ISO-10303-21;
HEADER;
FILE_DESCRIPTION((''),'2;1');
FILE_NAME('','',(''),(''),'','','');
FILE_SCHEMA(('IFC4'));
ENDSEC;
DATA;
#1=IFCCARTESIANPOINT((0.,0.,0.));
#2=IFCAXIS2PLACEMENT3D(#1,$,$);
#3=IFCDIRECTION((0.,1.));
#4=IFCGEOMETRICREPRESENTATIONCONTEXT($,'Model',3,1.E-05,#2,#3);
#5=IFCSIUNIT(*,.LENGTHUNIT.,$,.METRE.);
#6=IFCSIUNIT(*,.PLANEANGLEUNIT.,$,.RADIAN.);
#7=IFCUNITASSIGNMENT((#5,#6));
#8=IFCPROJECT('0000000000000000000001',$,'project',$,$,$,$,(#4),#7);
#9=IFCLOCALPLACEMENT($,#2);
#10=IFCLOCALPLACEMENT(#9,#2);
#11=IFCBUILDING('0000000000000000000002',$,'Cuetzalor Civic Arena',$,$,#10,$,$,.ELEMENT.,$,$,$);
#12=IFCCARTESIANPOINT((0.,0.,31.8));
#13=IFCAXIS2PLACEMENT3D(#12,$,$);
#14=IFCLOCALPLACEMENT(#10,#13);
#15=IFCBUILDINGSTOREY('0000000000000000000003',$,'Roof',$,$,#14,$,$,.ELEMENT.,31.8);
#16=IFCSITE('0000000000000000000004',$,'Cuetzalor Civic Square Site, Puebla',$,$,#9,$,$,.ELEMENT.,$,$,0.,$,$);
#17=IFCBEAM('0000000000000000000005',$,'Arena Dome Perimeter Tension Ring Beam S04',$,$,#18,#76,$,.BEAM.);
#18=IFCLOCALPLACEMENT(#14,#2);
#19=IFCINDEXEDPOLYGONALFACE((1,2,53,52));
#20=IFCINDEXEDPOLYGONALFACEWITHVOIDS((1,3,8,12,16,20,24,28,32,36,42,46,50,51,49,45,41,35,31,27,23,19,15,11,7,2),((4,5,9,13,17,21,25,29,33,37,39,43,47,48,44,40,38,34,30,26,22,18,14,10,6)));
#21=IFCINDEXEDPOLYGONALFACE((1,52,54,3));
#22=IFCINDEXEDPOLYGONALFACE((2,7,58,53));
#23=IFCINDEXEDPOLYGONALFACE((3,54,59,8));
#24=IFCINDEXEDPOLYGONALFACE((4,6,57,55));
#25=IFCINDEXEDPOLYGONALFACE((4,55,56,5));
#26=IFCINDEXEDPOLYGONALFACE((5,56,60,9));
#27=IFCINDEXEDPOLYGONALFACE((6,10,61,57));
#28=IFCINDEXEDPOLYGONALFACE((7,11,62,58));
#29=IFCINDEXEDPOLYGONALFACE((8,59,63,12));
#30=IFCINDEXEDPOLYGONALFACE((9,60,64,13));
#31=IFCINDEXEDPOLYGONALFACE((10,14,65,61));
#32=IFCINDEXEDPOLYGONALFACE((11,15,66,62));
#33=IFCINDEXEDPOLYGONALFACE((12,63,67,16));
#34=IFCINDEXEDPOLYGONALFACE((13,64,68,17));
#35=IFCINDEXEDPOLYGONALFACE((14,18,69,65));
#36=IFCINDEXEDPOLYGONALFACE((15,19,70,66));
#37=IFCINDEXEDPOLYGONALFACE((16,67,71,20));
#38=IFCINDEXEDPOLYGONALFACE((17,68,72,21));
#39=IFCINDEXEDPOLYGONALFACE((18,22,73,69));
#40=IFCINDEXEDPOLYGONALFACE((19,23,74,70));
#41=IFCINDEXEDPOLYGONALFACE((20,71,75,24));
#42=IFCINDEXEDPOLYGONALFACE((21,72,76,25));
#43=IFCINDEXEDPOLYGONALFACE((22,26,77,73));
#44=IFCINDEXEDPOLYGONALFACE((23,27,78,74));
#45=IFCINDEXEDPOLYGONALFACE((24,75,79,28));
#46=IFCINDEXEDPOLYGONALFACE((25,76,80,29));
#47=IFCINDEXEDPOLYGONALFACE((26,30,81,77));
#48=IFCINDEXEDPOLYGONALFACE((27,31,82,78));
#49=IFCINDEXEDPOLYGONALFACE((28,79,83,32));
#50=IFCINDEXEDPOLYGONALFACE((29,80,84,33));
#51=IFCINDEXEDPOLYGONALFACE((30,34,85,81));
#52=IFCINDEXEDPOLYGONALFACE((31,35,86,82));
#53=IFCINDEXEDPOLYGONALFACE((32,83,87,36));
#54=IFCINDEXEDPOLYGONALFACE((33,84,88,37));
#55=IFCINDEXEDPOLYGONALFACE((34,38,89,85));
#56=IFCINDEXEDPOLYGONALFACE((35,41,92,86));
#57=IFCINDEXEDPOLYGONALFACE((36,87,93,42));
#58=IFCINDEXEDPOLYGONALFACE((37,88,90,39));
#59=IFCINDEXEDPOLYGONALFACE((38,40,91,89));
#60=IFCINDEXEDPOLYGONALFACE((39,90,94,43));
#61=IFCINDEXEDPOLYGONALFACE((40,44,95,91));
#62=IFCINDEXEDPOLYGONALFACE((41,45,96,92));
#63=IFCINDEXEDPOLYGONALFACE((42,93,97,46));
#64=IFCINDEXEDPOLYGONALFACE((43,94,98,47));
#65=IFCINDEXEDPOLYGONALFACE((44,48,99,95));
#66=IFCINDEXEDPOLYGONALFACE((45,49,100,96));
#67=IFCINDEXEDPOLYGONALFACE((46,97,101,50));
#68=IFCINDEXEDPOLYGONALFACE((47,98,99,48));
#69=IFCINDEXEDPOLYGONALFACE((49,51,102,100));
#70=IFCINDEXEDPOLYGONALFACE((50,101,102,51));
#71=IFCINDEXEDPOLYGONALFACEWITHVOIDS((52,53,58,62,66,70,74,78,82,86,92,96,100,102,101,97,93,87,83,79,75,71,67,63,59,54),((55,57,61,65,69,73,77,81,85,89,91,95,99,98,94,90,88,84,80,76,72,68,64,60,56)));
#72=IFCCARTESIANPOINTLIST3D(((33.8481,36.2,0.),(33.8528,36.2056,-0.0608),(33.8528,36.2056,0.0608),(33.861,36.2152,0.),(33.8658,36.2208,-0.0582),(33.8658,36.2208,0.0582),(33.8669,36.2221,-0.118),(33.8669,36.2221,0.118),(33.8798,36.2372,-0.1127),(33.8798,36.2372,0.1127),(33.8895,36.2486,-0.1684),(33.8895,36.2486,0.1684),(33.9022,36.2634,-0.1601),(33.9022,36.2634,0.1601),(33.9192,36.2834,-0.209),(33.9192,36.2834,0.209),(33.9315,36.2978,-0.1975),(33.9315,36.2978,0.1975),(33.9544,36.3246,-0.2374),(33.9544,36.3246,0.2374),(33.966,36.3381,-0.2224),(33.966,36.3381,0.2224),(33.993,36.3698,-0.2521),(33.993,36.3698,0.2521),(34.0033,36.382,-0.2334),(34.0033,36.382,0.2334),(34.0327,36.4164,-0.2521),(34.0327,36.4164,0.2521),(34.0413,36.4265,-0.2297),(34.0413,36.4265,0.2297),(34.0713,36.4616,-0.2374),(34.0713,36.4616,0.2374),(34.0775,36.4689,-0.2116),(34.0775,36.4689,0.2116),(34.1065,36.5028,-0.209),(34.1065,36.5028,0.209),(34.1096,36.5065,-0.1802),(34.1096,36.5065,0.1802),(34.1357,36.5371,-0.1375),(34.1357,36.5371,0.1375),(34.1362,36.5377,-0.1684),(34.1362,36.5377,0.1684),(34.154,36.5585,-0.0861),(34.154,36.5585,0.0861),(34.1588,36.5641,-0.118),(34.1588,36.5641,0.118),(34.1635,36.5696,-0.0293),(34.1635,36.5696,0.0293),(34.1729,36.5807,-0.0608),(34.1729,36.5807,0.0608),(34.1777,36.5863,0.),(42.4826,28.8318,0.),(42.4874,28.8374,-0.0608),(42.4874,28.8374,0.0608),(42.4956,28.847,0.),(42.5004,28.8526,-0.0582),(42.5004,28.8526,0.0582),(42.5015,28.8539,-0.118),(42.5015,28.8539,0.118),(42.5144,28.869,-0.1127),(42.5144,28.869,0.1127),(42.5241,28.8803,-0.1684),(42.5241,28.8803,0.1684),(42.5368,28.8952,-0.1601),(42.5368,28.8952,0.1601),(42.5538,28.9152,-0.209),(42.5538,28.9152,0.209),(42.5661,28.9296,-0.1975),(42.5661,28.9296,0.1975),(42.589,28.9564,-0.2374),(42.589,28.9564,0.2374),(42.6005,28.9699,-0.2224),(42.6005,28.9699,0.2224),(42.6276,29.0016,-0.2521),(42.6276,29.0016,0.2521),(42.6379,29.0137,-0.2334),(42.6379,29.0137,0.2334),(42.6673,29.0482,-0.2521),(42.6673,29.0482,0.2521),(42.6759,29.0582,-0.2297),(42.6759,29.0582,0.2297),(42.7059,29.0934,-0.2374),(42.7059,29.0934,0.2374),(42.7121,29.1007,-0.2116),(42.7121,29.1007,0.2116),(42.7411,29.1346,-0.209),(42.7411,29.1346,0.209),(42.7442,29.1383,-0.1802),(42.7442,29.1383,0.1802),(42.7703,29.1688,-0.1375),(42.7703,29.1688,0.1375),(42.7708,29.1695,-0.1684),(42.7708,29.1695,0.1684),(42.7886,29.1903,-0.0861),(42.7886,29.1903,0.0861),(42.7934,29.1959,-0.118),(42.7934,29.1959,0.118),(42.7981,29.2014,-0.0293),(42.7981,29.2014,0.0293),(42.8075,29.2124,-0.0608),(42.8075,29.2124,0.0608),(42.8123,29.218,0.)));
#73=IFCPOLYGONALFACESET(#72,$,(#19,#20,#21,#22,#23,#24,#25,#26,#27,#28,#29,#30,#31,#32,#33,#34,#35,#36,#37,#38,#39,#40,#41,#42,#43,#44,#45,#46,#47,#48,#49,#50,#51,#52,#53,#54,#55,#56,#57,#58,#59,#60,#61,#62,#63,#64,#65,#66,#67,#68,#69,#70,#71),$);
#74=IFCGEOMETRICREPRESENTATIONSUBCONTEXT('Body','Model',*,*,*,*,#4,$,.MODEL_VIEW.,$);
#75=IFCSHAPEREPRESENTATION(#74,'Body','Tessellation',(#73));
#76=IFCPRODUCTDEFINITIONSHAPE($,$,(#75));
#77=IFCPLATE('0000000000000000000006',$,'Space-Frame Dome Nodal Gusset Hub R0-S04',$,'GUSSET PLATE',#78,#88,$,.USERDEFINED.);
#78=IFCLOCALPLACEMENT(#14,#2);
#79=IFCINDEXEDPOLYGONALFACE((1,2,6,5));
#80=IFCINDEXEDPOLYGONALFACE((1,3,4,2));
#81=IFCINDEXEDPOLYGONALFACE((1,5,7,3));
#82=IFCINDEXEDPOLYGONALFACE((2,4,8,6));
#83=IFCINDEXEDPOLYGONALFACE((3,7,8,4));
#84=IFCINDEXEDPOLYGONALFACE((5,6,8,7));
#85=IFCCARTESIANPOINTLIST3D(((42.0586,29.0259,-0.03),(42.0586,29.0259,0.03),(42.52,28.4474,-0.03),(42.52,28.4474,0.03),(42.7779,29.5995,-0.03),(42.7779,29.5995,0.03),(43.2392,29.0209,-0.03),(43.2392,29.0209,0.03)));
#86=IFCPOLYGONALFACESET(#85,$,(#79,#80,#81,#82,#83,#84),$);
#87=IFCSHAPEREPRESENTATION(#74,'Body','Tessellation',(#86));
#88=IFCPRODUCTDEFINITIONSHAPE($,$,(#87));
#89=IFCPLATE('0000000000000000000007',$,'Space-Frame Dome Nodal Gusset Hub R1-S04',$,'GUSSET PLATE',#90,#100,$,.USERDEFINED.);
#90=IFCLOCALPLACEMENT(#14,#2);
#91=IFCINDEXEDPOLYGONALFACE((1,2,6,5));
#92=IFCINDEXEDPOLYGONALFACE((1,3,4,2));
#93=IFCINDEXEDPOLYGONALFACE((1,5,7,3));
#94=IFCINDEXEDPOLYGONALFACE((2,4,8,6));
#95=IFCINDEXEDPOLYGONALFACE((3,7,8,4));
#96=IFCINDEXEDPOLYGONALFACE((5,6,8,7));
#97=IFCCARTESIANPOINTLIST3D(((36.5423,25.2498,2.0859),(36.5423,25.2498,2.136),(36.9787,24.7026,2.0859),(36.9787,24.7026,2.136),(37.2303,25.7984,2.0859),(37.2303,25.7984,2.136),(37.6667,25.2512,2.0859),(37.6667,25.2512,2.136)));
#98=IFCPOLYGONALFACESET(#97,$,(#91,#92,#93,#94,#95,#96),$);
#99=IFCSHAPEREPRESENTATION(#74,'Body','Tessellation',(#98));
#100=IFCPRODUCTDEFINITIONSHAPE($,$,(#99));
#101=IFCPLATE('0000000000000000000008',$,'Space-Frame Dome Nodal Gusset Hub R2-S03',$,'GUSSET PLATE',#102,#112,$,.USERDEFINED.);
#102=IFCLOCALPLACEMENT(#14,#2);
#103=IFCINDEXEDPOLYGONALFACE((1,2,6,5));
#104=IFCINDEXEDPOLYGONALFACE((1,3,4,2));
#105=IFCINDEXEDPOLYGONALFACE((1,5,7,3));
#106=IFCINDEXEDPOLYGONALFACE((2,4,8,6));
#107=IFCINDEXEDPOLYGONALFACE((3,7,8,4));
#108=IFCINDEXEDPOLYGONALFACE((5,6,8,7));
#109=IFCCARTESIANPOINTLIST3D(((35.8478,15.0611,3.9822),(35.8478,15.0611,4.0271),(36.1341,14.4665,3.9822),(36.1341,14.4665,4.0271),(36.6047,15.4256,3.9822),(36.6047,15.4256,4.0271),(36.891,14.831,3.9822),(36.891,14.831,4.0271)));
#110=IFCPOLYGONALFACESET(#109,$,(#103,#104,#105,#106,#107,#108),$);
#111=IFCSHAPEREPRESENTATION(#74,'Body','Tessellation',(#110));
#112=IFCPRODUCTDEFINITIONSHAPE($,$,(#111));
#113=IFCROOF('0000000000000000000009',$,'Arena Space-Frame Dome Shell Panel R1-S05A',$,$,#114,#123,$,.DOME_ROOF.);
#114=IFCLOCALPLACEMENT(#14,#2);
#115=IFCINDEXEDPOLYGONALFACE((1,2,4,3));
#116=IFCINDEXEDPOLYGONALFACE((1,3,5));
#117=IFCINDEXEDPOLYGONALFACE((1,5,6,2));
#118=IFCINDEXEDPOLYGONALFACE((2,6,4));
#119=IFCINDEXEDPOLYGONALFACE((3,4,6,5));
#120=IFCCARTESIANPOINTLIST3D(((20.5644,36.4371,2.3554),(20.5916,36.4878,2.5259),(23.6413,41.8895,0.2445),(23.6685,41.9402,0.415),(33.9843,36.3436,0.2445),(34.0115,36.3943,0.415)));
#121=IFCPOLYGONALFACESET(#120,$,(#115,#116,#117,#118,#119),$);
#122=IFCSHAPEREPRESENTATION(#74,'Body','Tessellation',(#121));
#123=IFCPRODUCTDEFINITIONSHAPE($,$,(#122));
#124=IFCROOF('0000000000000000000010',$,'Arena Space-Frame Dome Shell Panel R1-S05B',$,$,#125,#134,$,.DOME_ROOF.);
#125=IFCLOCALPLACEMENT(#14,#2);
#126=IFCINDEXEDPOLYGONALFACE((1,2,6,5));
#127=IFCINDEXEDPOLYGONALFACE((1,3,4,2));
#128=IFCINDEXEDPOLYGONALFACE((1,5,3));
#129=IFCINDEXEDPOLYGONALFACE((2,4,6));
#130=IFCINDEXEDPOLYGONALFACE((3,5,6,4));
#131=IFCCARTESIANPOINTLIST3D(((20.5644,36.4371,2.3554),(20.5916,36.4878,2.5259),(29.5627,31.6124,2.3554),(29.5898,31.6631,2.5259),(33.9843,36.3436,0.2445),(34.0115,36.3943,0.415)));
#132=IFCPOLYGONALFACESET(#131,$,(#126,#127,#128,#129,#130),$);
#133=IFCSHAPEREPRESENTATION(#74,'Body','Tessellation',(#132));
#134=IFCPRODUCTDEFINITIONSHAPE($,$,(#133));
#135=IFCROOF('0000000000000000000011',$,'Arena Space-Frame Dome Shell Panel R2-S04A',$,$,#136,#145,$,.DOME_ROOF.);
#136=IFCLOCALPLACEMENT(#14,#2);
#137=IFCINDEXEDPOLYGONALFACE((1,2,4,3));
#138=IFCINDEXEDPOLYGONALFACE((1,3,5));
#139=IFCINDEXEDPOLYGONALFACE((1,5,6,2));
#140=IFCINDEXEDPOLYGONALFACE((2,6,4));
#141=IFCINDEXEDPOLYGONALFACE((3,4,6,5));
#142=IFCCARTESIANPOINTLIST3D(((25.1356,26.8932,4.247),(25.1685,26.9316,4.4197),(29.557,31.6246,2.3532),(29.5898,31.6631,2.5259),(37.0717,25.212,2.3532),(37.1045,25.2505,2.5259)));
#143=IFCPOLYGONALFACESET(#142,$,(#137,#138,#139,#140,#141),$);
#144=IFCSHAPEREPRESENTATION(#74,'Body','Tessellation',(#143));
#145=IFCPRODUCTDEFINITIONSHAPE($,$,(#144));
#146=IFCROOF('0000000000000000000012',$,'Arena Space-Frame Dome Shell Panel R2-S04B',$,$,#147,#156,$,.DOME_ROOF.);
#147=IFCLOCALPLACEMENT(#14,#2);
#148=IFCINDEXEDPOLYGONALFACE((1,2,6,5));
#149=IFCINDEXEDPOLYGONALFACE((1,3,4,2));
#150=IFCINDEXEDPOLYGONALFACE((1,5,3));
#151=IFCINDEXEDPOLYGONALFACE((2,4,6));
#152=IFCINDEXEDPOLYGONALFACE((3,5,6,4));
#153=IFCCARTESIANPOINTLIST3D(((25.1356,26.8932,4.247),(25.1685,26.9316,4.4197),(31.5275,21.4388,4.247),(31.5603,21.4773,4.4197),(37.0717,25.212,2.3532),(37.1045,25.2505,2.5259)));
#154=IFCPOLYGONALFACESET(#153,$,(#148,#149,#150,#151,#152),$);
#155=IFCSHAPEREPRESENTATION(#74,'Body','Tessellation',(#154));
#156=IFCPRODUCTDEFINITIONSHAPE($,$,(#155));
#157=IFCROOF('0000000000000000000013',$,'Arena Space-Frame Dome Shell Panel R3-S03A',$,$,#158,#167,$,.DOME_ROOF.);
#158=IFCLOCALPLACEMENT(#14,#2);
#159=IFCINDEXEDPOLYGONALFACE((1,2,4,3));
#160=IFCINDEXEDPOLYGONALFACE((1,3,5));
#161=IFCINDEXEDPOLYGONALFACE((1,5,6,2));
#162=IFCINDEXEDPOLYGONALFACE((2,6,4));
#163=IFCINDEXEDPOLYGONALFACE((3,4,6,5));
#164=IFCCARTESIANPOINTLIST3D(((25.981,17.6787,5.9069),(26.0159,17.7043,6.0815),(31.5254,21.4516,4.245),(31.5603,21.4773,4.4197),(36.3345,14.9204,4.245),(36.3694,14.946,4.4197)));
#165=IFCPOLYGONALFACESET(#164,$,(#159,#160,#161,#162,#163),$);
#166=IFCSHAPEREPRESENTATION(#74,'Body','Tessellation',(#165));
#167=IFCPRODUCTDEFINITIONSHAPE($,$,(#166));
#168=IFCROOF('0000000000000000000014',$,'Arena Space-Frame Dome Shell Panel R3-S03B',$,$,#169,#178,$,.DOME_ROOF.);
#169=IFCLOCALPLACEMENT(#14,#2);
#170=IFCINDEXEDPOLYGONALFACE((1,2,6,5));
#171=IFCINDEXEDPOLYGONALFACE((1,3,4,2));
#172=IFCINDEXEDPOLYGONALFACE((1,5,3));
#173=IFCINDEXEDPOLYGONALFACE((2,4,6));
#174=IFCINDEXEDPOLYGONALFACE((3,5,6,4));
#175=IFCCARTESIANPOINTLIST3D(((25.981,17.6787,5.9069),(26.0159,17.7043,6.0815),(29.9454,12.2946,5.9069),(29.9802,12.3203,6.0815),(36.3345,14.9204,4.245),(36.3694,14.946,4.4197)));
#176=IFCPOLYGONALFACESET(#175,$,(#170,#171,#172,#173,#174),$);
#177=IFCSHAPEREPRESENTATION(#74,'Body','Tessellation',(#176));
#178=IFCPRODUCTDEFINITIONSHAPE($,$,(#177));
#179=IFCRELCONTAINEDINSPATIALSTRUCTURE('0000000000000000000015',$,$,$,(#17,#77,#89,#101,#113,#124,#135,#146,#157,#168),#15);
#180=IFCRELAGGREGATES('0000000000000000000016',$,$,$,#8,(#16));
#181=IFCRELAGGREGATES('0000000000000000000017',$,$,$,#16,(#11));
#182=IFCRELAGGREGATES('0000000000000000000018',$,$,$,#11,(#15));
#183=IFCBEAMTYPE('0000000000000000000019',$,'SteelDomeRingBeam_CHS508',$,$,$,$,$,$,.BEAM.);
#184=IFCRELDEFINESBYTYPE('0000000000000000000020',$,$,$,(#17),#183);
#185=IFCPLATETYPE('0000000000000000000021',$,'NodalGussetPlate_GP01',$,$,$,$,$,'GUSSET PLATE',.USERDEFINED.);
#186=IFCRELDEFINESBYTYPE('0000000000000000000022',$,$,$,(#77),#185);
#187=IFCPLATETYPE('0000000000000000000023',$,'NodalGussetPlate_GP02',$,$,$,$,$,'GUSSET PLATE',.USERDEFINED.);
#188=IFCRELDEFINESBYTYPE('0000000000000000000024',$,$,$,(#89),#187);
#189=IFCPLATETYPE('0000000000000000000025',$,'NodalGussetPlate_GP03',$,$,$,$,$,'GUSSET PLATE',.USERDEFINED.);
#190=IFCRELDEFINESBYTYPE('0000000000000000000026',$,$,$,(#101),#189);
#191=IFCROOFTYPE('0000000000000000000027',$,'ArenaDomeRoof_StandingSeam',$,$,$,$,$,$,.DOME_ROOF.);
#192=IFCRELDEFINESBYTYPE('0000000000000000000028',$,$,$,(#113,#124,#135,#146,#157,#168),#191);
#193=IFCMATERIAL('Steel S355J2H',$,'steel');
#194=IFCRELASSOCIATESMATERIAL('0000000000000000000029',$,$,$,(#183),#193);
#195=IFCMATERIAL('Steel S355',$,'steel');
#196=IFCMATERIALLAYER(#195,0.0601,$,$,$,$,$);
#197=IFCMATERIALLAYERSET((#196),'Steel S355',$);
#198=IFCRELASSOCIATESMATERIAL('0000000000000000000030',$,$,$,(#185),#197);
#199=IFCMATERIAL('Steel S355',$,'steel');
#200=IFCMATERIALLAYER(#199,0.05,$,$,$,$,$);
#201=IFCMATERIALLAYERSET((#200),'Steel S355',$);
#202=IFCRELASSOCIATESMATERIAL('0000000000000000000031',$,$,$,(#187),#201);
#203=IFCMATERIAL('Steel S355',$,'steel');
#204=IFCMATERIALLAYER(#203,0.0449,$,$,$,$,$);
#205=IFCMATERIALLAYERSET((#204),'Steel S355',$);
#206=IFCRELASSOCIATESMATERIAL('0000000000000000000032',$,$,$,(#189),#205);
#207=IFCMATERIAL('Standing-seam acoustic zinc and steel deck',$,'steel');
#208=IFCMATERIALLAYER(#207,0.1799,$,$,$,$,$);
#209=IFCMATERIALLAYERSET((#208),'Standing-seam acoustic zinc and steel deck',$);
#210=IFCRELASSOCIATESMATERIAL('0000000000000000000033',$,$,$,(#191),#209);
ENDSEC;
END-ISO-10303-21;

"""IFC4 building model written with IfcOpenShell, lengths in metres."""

from ifc_helpers import new_model, si_unit, direction, frame, origin, origin_2d, place, context, subcontext, project, spatial, polyline, rectangle, hollow_circle, outline, extrude, material, layer, layer_set, material_profile, profile_set, type_object, element, save


model = new_model("IFC4")

# Units and contexts
model_context = context("Model", 3, precision=1e-05, world=origin(), true_north=direction((0.0, 1.0)))
body_context = subcontext(model_context, "Body", "Model", "MODEL_VIEW")
ifc_project = project(units=[si_unit("LENGTHUNIT", "METRE"), si_unit("PLANEANGLEUNIT", "RADIAN")], contexts=[model_context])

# Site, building, storey
site_placement = place(None, origin())
site = spatial("IfcSite", under=ifc_project, at=site_placement, Name="Cuetzalor Civic Square Site, Puebla", CompositionType="ELEMENT", RefElevation=0.0)
building_placement = place(site_placement, origin())
building = spatial("IfcBuilding", under=site, at=building_placement, Name="Cuetzalor Civic Arena", CompositionType="ELEMENT")
storey_placement = place(building_placement, frame((0.0, 0.0, 31.8)))
storey = spatial("IfcBuildingStorey", under=building, at=storey_placement, Name="Roof", CompositionType="ELEMENT", Elevation=31.8)

# Beam
ifc_material_1 = material(Name="Steel S355J2H", Category="steel")
ifc_material_profile_1 = material_profile(ifc_material_1, hollow_circle(Radius=0.2539, WallThickness=0.02, at=origin_2d()), Name="CHS 508x20")
ifc_profile_set_1 = profile_set([ifc_material_profile_1], Name="Steel S355J2H")
beam_type = type_object("IfcBeamType", Name="SteelDomeRingBeam_CHS508", PredefinedType="BEAM", material=ifc_profile_set_1)
beam_placement = place(storey_placement, frame((42.6475, 29.0249, 0.0), z_axis=(-0.760685, 0.649121, 0.0), x_axis=(-0.649121, -0.760685, 0.0)))
element("IfcBeam", 1, at=beam_placement, inside=storey, type_object=beam_type, Name="Arena Dome Perimeter Tension Ring Beam S04", PredefinedType="BEAM", context=body_context, shape_type="SweptSolid", body=[
    extrude(hollow_circle(Radius=0.2539, WallThickness=0.02, at=origin_2d()), origin(), (0.0, 0.0, 1.0), 11.3511),
])

# Plates
ifc_material_2 = material(Name="Steel S355", Category="steel")
ifc_layer_1 = layer(ifc_material_2, 0.0601)
ifc_layer_set_1 = layer_set([ifc_layer_1], Name="Steel S355")
plate_type_1 = type_object("IfcPlateType", Name="NodalGussetPlate_GP01", ElementType="GUSSET PLATE", PredefinedType="USERDEFINED", material=ifc_layer_set_1)
plate_1_placement = place(storey_placement, frame((42.6489, 29.0234, -0.03), z_axis=(0.0, 0.0, 1.0), x_axis=(0.781847, 0.62347, 0.0)))
element("IfcPlate", 2, at=plate_1_placement, inside=storey, type_object=plate_type_1, Name="Space-Frame Dome Nodal Gusset Hub R0-S04", ObjectType="GUSSET PLATE", PredefinedType="USERDEFINED", context=body_context, shape_type="SweptSolid", body=[
    extrude(rectangle(XDim=0.9199, YDim=0.74, at=origin_2d()), origin(), (0.0, 0.0, 1.0), 0.0601),
])
ifc_material_3 = material(Name="Steel S355", Category="steel")
ifc_layer_2 = layer(ifc_material_3, 0.05)
ifc_layer_set_2 = layer_set([ifc_layer_2], Name="Steel S355")
plate_type_2 = type_object("IfcPlateType", Name="NodalGussetPlate_GP02", ElementType="GUSSET PLATE", PredefinedType="USERDEFINED", material=ifc_layer_set_2)
plate_2_placement = place(storey_placement, frame((37.1045, 25.2505, 2.0859), z_axis=(0.0, 0.0, 1.0), x_axis=(0.781847, 0.62347, 0.0)))
element("IfcPlate", 3, at=plate_2_placement, inside=storey, type_object=plate_type_2, Name="Space-Frame Dome Nodal Gusset Hub R1-S04", ObjectType="GUSSET PLATE", PredefinedType="USERDEFINED", context=body_context, shape_type="SweptSolid", body=[
    extrude(rectangle(XDim=0.8799, YDim=0.7, at=origin_2d()), origin(), (0.0, 0.0, 1.0), 0.05),
])
ifc_material_4 = material(Name="Steel S355", Category="steel")
ifc_layer_3 = layer(ifc_material_4, 0.0449)
ifc_layer_set_3 = layer_set([ifc_layer_3], Name="Steel S355")
plate_type_3 = type_object("IfcPlateType", Name="NodalGussetPlate_GP03", ElementType="GUSSET PLATE", PredefinedType="USERDEFINED", material=ifc_layer_set_3)
plate_3_placement = place(storey_placement, frame((36.3694, 14.946, 3.9822), z_axis=(0.0, 0.0, 1.0), x_axis=(0.901001, 0.433816, 0.0)))
element("IfcPlate", 4, at=plate_3_placement, inside=storey, type_object=plate_type_3, Name="Space-Frame Dome Nodal Gusset Hub R2-S03", ObjectType="GUSSET PLATE", PredefinedType="USERDEFINED", context=body_context, shape_type="SweptSolid", body=[
    extrude(rectangle(XDim=0.8401, YDim=0.6599, at=origin_2d()), origin(), (0.0, 0.0, 1.0), 0.0449),
])

# Roofs
ifc_material_5 = material(Name="Standing-seam acoustic zinc and steel deck", Category="steel")
ifc_layer_4 = layer(ifc_material_5, 0.1799)
ifc_layer_set_4 = layer_set([ifc_layer_4], Name="Standing-seam acoustic zinc and steel deck")
roof_type = type_object("IfcRoofType", Name="ArenaDomeRoof_StandingSeam", PredefinedType="DOME_ROOF", material=ifc_layer_set_4)
roof_1_placement = place(storey_placement, frame((34.0115, 36.3943, 0.415), z_axis=(0.151007, 0.281625, 0.947568), x_axis=(-0.881303, 0.472552, 0.0)))
element("IfcRoof", 5, at=roof_1_placement, inside=storey, type_object=roof_type, Name="Arena Space-Frame Dome Shell Panel R1-S05A", PredefinedType="DOME_ROOF", context=body_context, shape_type="SweptSolid", body=[
    extrude(outline(polyline([(0.0, 0.0), (11.7361, 0.0), (11.8712, 6.6056), (0.0, 0.0)])), origin(), (0.0, 0.0, -1.0), 0.1799),
])
roof_2_placement = place(storey_placement, frame((34.0115, 36.3943, 0.415), z_axis=(0.151006, 0.281633, 0.947565), x_axis=(-0.987831, 0.006883, 0.155377)))
element("IfcRoof", 6, at=roof_2_placement, inside=storey, type_object=roof_type, Name="Arena Space-Frame Dome Shell Panel R1-S05B", PredefinedType="DOME_ROOF", context=body_context, shape_type="SweptSolid", body=[
    extrude(outline(polyline([(0.0, 0.0), (13.5852, 0.0), (4.6632, 4.9644), (0.0, 0.0)])), origin(), (0.0, 0.0, -1.0), 0.1799),
])
roof_3_placement = place(storey_placement, frame((37.1045, 25.2505, 2.5259), z_axis=(0.182373, 0.213715, 0.959722), x_axis=(-0.760682, 0.649125, 0.0)))
element("IfcRoof", 7, at=roof_3_placement, inside=storey, type_object=roof_type, Name="Arena Space-Frame Dome Shell Panel R2-S04A", PredefinedType="DOME_ROOF", context=body_context, shape_type="SweptSolid", body=[
    extrude(outline(polyline([(0.0, 0.0), (9.8788, 0.0), (10.1708, 6.7407), (0.0, 0.0)])), origin(), (0.0, 0.0, -1.0), 0.1799),
])
roof_4_placement = place(storey_placement, frame((37.1045, 25.2505, 2.5259), z_axis=(0.182373, 0.21372, 0.959721), x_axis=(-0.978227, 0.13778, 0.155208)))
element("IfcRoof", 8, at=roof_4_placement, inside=storey, type_object=roof_type, Name="Arena Space-Frame Dome Shell Panel R2-S04B", PredefinedType="DOME_ROOF", context=body_context, shape_type="SweptSolid", body=[
    extrude(outline(polyline([(0.0, 0.0), (12.2017, 0.0), (5.1975, 4.6419), (0.0, 0.0)])), origin(), (0.0, 0.0, -1.0), 0.1799),
])
roof_5_placement = place(storey_placement, frame((36.3694, 14.946, 4.4197), z_axis=(0.193813, 0.142708, 0.970603), x_axis=(-0.592926, 0.805257, 0.0)))
element("IfcRoof", 9, at=roof_5_placement, inside=storey, type_object=roof_type, Name="Arena Space-Frame Dome Shell Panel R3-S03A", PredefinedType="DOME_ROOF", context=body_context, shape_type="SweptSolid", body=[
    extrude(outline(polyline([(0.0, 0.0), (8.1108, 0.0), (8.36, 6.9047), (0.0, 0.0)])), origin(), (0.0, 0.0, -1.0), 0.1799),
])
roof_6_placement = place(storey_placement, frame((36.3694, 14.946, 4.4197), z_axis=(0.193813, 0.142708, 0.970604), x_axis=(-0.954879, 0.254391, 0.15327)))
element("IfcRoof", 10, at=roof_6_placement, inside=storey, type_object=roof_type, Name="Arena Space-Frame Dome Shell Panel R3-S03B", PredefinedType="DOME_ROOF", context=body_context, shape_type="SweptSolid", body=[
    extrude(outline(polyline([(0.0, 0.0), (10.8428, 0.0), (5.6876, 4.2578), (0.0, 0.0)])), origin(), (0.0, 0.0, -1.0), 0.1799),
])

save(model, "model.ifc")
